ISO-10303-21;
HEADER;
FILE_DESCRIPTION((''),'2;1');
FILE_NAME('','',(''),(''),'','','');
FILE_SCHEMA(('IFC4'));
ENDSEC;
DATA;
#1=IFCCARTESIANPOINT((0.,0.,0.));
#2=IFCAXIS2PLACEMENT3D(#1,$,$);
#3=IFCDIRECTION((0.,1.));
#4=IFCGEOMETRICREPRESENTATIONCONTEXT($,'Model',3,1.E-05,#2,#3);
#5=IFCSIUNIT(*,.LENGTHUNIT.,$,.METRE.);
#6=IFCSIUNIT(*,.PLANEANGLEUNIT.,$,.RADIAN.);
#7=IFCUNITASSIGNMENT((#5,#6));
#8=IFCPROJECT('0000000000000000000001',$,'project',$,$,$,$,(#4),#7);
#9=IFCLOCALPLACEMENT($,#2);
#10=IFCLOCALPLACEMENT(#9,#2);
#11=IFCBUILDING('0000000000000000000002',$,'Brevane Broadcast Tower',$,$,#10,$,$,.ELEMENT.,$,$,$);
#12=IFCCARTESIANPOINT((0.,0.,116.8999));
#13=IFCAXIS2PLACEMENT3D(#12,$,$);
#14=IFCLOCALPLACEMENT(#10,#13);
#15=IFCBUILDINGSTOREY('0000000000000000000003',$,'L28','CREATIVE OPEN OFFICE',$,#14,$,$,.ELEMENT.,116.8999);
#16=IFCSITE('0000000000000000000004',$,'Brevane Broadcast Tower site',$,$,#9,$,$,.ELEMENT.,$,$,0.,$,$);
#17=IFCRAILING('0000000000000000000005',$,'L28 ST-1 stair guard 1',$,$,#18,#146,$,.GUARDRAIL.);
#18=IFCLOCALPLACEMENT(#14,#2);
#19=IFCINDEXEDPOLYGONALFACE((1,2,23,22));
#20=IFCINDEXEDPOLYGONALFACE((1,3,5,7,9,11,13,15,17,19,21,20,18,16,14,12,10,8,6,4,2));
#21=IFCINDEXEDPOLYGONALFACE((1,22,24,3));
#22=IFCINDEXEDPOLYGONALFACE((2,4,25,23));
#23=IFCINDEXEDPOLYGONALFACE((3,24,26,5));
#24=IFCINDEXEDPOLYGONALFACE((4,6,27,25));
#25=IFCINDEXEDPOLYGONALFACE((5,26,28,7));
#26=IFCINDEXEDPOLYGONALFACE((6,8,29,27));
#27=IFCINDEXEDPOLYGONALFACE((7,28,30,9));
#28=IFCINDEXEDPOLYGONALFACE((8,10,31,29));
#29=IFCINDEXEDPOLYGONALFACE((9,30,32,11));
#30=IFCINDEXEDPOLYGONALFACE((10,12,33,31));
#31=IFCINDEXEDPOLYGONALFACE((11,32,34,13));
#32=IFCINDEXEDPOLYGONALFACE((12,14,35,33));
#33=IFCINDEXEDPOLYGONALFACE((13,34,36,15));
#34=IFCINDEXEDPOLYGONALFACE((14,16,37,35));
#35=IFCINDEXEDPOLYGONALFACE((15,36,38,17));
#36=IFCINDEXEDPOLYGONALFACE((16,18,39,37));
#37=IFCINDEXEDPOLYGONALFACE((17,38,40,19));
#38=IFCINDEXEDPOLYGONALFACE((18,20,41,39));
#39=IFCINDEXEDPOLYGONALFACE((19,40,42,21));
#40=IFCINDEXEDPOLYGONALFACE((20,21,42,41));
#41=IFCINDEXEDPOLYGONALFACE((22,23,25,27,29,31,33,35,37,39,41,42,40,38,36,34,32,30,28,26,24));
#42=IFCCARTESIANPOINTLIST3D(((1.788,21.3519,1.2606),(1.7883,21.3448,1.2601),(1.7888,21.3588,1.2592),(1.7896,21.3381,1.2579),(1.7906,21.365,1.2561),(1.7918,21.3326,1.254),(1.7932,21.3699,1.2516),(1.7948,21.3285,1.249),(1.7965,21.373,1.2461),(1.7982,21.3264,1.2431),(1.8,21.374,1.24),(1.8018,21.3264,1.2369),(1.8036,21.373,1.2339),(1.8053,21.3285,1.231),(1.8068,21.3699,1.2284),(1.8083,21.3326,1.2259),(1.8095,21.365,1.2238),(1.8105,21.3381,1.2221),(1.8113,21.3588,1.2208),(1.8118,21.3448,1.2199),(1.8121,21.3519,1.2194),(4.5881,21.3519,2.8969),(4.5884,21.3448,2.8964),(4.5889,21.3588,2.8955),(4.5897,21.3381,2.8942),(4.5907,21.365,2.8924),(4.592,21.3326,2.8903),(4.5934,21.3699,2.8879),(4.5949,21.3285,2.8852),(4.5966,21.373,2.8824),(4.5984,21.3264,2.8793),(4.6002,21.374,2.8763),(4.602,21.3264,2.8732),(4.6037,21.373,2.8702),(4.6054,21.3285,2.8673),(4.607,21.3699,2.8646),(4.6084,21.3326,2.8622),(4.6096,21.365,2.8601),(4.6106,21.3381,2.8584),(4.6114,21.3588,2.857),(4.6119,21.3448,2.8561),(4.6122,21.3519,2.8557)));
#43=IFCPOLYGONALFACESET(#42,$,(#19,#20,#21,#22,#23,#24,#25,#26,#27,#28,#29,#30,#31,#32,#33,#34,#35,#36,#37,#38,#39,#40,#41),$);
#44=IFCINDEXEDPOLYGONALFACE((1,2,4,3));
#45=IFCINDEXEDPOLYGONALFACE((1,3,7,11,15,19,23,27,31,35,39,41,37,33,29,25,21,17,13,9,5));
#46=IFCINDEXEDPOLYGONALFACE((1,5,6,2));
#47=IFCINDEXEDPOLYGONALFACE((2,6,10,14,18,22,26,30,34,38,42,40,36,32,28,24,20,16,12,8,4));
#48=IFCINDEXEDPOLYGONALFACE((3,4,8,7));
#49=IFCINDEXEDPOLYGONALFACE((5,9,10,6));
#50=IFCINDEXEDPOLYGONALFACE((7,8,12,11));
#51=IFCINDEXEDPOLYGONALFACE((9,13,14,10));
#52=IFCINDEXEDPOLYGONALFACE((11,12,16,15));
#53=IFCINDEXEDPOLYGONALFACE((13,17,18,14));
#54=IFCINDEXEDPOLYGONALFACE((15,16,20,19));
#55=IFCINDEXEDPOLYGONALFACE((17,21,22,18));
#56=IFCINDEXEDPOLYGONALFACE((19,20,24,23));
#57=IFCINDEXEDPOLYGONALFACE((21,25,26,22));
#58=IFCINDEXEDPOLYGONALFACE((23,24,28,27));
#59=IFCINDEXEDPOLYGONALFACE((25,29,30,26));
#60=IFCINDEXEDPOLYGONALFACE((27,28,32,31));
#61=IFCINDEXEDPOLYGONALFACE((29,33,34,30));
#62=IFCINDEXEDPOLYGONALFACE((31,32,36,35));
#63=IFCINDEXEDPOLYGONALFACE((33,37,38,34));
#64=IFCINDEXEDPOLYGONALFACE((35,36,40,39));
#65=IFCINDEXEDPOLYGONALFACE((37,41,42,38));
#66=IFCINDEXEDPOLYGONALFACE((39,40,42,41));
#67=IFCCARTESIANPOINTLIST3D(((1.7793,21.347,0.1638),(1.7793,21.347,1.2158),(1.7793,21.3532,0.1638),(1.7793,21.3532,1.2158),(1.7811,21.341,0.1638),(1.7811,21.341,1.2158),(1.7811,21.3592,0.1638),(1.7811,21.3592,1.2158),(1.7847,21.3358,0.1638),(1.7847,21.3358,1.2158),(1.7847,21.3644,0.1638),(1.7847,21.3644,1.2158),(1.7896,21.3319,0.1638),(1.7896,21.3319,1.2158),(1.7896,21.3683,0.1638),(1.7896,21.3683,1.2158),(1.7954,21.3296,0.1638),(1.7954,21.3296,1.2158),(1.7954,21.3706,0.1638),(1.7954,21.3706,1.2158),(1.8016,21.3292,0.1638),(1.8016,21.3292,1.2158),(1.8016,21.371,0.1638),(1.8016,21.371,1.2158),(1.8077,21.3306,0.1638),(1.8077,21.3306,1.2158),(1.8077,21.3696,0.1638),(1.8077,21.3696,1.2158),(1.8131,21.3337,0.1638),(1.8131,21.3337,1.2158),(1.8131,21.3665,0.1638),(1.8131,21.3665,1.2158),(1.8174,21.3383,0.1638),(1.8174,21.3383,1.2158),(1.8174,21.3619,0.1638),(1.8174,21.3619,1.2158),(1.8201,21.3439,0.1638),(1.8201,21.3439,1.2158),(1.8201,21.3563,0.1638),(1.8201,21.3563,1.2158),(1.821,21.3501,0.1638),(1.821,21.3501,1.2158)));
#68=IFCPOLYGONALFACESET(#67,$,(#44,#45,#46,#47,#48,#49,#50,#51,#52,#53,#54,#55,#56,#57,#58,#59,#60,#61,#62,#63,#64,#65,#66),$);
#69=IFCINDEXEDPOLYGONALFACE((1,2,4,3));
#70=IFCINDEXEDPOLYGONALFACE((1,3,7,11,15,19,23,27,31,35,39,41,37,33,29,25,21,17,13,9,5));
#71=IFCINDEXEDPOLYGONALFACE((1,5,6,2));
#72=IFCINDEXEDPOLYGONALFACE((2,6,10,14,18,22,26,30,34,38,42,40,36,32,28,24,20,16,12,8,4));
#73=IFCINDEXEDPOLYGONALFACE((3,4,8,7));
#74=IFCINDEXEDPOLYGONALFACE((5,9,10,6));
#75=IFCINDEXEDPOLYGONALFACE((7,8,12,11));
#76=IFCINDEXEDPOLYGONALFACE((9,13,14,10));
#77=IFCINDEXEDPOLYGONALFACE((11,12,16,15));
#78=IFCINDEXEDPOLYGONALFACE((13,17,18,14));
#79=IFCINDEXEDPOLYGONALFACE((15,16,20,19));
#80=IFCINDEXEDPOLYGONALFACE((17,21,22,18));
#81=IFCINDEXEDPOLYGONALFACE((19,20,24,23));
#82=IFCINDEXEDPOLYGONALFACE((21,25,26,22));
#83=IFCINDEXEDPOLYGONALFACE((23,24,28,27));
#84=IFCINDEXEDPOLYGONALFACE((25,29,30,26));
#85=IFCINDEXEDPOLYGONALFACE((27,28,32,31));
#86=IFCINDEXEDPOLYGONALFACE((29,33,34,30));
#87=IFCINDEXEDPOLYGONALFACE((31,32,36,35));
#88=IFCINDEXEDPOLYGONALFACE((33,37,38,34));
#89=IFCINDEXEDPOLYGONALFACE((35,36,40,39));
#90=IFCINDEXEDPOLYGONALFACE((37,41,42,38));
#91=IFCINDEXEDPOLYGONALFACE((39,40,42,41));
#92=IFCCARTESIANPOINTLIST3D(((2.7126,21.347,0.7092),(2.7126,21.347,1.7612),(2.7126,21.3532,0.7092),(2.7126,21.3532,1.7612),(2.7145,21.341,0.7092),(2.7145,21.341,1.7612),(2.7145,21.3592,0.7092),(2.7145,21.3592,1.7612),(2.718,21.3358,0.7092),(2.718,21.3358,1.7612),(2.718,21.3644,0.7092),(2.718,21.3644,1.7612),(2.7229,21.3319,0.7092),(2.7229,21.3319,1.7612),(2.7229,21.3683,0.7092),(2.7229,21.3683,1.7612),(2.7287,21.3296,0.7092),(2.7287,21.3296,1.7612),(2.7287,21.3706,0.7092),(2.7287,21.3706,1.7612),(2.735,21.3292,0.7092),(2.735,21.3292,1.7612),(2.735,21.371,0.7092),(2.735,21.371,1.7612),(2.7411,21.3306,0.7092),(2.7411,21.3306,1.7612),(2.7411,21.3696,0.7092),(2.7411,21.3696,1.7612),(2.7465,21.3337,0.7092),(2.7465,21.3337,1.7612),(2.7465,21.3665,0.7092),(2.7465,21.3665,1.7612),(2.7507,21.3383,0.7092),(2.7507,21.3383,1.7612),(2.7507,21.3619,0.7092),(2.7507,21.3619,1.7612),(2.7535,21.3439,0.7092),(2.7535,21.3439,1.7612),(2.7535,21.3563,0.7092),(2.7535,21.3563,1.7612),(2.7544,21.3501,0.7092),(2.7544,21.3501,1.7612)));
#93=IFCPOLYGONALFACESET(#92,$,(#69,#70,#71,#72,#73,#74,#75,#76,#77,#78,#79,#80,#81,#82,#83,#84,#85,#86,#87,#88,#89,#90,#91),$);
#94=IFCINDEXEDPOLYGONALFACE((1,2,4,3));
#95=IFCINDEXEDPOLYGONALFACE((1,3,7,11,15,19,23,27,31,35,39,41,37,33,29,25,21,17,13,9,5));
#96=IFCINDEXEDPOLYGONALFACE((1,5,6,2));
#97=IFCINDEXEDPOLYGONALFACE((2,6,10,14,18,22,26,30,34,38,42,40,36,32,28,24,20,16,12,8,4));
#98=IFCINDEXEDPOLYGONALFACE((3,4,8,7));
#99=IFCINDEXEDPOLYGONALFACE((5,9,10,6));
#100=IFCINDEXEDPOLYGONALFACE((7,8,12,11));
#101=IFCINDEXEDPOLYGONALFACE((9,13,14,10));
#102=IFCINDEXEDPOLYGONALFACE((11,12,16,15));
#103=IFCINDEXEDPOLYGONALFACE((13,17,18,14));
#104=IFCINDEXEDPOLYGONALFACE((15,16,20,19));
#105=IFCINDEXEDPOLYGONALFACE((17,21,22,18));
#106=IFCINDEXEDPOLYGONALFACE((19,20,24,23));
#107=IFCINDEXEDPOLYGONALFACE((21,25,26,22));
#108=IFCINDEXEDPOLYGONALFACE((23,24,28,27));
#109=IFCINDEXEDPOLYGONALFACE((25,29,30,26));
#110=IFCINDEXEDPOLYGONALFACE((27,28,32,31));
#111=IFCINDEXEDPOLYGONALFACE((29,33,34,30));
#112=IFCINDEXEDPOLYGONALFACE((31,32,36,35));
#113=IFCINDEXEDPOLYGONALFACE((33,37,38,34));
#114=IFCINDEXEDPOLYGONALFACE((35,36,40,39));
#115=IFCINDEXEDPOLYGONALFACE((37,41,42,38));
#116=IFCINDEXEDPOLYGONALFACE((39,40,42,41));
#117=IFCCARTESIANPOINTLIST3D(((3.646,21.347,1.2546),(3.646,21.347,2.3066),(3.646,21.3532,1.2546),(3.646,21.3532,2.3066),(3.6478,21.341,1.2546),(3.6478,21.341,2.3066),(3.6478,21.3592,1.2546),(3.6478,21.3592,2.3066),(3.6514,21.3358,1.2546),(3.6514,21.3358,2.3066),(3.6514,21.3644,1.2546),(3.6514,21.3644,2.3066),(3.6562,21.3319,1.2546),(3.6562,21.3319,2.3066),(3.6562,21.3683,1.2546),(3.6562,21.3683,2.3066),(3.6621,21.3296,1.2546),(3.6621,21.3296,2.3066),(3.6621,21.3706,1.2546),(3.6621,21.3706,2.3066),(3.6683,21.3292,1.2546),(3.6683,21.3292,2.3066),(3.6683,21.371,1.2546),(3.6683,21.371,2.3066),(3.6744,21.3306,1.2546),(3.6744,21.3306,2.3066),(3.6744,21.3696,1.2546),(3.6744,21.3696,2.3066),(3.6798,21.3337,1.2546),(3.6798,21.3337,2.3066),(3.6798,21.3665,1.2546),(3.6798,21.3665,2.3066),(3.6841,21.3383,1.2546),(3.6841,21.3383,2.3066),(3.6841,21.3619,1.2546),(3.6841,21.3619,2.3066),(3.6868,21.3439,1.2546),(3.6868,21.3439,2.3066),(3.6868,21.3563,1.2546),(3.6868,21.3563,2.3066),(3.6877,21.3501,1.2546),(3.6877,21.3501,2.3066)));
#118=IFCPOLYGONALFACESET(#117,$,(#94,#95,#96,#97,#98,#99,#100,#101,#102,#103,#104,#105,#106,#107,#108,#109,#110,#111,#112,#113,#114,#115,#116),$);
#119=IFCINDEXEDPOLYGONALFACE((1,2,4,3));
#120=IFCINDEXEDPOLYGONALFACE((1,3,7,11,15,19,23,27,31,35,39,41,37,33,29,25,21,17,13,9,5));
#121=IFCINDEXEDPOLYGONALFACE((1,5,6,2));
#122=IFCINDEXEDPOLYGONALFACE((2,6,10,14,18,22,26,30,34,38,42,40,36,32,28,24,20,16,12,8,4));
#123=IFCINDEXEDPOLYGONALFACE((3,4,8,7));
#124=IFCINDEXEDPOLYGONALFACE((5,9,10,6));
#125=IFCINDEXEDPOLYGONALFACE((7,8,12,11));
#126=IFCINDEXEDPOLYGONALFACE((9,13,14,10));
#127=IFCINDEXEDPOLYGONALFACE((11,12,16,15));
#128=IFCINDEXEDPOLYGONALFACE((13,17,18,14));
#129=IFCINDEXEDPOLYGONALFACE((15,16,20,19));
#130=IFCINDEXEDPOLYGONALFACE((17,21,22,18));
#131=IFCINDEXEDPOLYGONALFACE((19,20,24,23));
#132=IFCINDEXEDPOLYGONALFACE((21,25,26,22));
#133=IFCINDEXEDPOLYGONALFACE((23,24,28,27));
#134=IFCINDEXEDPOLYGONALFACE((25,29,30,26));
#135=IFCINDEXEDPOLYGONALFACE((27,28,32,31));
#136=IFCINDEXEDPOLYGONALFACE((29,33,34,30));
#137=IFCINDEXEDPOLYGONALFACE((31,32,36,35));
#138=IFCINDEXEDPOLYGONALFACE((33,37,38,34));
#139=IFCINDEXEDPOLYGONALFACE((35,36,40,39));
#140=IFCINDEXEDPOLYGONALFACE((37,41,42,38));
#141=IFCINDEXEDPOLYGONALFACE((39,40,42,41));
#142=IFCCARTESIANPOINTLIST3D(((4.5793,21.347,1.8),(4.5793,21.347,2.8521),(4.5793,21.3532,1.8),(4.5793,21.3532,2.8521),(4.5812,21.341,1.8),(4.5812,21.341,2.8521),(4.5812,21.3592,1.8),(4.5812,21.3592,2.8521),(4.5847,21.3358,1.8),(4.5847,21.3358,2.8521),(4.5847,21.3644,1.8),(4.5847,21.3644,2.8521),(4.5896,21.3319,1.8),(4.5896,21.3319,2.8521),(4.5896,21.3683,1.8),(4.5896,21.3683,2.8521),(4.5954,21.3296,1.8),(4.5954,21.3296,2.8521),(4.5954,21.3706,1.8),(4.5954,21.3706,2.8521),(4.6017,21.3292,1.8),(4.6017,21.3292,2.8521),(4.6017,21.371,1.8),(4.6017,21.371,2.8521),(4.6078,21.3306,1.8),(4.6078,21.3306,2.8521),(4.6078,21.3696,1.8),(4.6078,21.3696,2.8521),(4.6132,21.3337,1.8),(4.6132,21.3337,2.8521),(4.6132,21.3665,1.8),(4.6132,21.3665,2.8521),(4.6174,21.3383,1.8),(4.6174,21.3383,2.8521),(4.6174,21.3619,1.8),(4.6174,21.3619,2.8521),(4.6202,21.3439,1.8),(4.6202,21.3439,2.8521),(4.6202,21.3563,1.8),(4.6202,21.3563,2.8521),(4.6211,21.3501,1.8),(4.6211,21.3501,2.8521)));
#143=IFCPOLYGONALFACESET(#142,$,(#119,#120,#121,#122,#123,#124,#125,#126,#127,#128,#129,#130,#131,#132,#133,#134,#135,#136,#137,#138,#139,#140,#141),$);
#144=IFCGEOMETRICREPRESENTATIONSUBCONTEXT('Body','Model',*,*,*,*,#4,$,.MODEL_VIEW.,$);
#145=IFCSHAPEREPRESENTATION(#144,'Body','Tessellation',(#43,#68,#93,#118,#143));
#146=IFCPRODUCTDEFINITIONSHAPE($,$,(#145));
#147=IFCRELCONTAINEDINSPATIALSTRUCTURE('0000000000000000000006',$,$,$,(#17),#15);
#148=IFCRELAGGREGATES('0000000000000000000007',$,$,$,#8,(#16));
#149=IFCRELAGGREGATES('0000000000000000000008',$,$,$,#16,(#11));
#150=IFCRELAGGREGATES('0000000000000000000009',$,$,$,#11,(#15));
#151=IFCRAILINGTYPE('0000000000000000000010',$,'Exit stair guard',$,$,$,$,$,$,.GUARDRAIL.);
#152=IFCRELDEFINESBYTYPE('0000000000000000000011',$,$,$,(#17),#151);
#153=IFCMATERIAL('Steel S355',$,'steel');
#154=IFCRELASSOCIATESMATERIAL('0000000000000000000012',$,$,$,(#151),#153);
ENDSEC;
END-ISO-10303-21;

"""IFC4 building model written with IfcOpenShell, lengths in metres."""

from ifc_helpers import new_model, si_unit, direction, frame, origin, origin_2d, place, context, subcontext, project, spatial, circle, extrude, material, type_object, element, save


model = new_model("IFC4")

# Units and contexts
model_context = context("Model", 3, precision=1e-05, world=origin(), true_north=direction((0.0, 1.0)))
body_context = subcontext(model_context, "Body", "Model", "MODEL_VIEW")
ifc_project = project(units=[si_unit("LENGTHUNIT", "METRE"), si_unit("PLANEANGLEUNIT", "RADIAN")], contexts=[model_context])

# Site, building, storey
site_placement = place(None, origin())
site = spatial("IfcSite", under=ifc_project, at=site_placement, Name="Brevane Broadcast Tower site", CompositionType="ELEMENT", RefElevation=0.0)
building_placement = place(site_placement, origin())
building = spatial("IfcBuilding", under=site, at=building_placement, Name="Brevane Broadcast Tower", CompositionType="ELEMENT")
storey_placement = place(building_placement, frame((0.0, 0.0, 116.8999)))
storey = spatial("IfcBuildingStorey", under=building, at=storey_placement, Name="L28", Description="CREATIVE OPEN OFFICE", CompositionType="ELEMENT", Elevation=116.8999)

# Railing
ifc_material_1 = material(Name="Steel S355", Category="steel")
railing_type_1 = type_object("IfcRailingType", Name="Exit stair guard", PredefinedType="GUARDRAIL", material=ifc_material_1)
railing_1_placement = place(storey_placement, frame((1.8, 21.3501, 0.1638)))
element("IfcRailing", 1, at=railing_1_placement, inside=storey, type_object=railing_type_1, Name="L28 ST-1 stair guard 1", PredefinedType="GUARDRAIL", context=body_context, shape_type="SweptSolid", body=[
    extrude(circle(Radius=0.0239, at=origin_2d()), frame((0.0, 0.0, 1.0762), z_axis=(0.863394, 0.0, 0.504531), x_axis=(0.0, 1.0, 0.0)), (0.0, 0.0, 1.0), 3.2432),
    extrude(circle(Radius=0.021, at=origin_2d()), origin(), (0.0, 0.0, 1.0), 1.052),
    extrude(circle(Radius=0.021, at=origin_2d()), frame((0.9333, 0.0, 0.5454)), (0.0, 0.0, 1.0), 1.052),
    extrude(circle(Radius=0.021, at=origin_2d()), frame((1.8667, 0.0, 1.0908)), (0.0, 0.0, 1.0), 1.052),
    extrude(circle(Radius=0.021, at=origin_2d()), frame((2.8, 0.0, 1.6362)), (0.0, 0.0, 1.0), 1.052),
])

save(model, "model.ifc")
